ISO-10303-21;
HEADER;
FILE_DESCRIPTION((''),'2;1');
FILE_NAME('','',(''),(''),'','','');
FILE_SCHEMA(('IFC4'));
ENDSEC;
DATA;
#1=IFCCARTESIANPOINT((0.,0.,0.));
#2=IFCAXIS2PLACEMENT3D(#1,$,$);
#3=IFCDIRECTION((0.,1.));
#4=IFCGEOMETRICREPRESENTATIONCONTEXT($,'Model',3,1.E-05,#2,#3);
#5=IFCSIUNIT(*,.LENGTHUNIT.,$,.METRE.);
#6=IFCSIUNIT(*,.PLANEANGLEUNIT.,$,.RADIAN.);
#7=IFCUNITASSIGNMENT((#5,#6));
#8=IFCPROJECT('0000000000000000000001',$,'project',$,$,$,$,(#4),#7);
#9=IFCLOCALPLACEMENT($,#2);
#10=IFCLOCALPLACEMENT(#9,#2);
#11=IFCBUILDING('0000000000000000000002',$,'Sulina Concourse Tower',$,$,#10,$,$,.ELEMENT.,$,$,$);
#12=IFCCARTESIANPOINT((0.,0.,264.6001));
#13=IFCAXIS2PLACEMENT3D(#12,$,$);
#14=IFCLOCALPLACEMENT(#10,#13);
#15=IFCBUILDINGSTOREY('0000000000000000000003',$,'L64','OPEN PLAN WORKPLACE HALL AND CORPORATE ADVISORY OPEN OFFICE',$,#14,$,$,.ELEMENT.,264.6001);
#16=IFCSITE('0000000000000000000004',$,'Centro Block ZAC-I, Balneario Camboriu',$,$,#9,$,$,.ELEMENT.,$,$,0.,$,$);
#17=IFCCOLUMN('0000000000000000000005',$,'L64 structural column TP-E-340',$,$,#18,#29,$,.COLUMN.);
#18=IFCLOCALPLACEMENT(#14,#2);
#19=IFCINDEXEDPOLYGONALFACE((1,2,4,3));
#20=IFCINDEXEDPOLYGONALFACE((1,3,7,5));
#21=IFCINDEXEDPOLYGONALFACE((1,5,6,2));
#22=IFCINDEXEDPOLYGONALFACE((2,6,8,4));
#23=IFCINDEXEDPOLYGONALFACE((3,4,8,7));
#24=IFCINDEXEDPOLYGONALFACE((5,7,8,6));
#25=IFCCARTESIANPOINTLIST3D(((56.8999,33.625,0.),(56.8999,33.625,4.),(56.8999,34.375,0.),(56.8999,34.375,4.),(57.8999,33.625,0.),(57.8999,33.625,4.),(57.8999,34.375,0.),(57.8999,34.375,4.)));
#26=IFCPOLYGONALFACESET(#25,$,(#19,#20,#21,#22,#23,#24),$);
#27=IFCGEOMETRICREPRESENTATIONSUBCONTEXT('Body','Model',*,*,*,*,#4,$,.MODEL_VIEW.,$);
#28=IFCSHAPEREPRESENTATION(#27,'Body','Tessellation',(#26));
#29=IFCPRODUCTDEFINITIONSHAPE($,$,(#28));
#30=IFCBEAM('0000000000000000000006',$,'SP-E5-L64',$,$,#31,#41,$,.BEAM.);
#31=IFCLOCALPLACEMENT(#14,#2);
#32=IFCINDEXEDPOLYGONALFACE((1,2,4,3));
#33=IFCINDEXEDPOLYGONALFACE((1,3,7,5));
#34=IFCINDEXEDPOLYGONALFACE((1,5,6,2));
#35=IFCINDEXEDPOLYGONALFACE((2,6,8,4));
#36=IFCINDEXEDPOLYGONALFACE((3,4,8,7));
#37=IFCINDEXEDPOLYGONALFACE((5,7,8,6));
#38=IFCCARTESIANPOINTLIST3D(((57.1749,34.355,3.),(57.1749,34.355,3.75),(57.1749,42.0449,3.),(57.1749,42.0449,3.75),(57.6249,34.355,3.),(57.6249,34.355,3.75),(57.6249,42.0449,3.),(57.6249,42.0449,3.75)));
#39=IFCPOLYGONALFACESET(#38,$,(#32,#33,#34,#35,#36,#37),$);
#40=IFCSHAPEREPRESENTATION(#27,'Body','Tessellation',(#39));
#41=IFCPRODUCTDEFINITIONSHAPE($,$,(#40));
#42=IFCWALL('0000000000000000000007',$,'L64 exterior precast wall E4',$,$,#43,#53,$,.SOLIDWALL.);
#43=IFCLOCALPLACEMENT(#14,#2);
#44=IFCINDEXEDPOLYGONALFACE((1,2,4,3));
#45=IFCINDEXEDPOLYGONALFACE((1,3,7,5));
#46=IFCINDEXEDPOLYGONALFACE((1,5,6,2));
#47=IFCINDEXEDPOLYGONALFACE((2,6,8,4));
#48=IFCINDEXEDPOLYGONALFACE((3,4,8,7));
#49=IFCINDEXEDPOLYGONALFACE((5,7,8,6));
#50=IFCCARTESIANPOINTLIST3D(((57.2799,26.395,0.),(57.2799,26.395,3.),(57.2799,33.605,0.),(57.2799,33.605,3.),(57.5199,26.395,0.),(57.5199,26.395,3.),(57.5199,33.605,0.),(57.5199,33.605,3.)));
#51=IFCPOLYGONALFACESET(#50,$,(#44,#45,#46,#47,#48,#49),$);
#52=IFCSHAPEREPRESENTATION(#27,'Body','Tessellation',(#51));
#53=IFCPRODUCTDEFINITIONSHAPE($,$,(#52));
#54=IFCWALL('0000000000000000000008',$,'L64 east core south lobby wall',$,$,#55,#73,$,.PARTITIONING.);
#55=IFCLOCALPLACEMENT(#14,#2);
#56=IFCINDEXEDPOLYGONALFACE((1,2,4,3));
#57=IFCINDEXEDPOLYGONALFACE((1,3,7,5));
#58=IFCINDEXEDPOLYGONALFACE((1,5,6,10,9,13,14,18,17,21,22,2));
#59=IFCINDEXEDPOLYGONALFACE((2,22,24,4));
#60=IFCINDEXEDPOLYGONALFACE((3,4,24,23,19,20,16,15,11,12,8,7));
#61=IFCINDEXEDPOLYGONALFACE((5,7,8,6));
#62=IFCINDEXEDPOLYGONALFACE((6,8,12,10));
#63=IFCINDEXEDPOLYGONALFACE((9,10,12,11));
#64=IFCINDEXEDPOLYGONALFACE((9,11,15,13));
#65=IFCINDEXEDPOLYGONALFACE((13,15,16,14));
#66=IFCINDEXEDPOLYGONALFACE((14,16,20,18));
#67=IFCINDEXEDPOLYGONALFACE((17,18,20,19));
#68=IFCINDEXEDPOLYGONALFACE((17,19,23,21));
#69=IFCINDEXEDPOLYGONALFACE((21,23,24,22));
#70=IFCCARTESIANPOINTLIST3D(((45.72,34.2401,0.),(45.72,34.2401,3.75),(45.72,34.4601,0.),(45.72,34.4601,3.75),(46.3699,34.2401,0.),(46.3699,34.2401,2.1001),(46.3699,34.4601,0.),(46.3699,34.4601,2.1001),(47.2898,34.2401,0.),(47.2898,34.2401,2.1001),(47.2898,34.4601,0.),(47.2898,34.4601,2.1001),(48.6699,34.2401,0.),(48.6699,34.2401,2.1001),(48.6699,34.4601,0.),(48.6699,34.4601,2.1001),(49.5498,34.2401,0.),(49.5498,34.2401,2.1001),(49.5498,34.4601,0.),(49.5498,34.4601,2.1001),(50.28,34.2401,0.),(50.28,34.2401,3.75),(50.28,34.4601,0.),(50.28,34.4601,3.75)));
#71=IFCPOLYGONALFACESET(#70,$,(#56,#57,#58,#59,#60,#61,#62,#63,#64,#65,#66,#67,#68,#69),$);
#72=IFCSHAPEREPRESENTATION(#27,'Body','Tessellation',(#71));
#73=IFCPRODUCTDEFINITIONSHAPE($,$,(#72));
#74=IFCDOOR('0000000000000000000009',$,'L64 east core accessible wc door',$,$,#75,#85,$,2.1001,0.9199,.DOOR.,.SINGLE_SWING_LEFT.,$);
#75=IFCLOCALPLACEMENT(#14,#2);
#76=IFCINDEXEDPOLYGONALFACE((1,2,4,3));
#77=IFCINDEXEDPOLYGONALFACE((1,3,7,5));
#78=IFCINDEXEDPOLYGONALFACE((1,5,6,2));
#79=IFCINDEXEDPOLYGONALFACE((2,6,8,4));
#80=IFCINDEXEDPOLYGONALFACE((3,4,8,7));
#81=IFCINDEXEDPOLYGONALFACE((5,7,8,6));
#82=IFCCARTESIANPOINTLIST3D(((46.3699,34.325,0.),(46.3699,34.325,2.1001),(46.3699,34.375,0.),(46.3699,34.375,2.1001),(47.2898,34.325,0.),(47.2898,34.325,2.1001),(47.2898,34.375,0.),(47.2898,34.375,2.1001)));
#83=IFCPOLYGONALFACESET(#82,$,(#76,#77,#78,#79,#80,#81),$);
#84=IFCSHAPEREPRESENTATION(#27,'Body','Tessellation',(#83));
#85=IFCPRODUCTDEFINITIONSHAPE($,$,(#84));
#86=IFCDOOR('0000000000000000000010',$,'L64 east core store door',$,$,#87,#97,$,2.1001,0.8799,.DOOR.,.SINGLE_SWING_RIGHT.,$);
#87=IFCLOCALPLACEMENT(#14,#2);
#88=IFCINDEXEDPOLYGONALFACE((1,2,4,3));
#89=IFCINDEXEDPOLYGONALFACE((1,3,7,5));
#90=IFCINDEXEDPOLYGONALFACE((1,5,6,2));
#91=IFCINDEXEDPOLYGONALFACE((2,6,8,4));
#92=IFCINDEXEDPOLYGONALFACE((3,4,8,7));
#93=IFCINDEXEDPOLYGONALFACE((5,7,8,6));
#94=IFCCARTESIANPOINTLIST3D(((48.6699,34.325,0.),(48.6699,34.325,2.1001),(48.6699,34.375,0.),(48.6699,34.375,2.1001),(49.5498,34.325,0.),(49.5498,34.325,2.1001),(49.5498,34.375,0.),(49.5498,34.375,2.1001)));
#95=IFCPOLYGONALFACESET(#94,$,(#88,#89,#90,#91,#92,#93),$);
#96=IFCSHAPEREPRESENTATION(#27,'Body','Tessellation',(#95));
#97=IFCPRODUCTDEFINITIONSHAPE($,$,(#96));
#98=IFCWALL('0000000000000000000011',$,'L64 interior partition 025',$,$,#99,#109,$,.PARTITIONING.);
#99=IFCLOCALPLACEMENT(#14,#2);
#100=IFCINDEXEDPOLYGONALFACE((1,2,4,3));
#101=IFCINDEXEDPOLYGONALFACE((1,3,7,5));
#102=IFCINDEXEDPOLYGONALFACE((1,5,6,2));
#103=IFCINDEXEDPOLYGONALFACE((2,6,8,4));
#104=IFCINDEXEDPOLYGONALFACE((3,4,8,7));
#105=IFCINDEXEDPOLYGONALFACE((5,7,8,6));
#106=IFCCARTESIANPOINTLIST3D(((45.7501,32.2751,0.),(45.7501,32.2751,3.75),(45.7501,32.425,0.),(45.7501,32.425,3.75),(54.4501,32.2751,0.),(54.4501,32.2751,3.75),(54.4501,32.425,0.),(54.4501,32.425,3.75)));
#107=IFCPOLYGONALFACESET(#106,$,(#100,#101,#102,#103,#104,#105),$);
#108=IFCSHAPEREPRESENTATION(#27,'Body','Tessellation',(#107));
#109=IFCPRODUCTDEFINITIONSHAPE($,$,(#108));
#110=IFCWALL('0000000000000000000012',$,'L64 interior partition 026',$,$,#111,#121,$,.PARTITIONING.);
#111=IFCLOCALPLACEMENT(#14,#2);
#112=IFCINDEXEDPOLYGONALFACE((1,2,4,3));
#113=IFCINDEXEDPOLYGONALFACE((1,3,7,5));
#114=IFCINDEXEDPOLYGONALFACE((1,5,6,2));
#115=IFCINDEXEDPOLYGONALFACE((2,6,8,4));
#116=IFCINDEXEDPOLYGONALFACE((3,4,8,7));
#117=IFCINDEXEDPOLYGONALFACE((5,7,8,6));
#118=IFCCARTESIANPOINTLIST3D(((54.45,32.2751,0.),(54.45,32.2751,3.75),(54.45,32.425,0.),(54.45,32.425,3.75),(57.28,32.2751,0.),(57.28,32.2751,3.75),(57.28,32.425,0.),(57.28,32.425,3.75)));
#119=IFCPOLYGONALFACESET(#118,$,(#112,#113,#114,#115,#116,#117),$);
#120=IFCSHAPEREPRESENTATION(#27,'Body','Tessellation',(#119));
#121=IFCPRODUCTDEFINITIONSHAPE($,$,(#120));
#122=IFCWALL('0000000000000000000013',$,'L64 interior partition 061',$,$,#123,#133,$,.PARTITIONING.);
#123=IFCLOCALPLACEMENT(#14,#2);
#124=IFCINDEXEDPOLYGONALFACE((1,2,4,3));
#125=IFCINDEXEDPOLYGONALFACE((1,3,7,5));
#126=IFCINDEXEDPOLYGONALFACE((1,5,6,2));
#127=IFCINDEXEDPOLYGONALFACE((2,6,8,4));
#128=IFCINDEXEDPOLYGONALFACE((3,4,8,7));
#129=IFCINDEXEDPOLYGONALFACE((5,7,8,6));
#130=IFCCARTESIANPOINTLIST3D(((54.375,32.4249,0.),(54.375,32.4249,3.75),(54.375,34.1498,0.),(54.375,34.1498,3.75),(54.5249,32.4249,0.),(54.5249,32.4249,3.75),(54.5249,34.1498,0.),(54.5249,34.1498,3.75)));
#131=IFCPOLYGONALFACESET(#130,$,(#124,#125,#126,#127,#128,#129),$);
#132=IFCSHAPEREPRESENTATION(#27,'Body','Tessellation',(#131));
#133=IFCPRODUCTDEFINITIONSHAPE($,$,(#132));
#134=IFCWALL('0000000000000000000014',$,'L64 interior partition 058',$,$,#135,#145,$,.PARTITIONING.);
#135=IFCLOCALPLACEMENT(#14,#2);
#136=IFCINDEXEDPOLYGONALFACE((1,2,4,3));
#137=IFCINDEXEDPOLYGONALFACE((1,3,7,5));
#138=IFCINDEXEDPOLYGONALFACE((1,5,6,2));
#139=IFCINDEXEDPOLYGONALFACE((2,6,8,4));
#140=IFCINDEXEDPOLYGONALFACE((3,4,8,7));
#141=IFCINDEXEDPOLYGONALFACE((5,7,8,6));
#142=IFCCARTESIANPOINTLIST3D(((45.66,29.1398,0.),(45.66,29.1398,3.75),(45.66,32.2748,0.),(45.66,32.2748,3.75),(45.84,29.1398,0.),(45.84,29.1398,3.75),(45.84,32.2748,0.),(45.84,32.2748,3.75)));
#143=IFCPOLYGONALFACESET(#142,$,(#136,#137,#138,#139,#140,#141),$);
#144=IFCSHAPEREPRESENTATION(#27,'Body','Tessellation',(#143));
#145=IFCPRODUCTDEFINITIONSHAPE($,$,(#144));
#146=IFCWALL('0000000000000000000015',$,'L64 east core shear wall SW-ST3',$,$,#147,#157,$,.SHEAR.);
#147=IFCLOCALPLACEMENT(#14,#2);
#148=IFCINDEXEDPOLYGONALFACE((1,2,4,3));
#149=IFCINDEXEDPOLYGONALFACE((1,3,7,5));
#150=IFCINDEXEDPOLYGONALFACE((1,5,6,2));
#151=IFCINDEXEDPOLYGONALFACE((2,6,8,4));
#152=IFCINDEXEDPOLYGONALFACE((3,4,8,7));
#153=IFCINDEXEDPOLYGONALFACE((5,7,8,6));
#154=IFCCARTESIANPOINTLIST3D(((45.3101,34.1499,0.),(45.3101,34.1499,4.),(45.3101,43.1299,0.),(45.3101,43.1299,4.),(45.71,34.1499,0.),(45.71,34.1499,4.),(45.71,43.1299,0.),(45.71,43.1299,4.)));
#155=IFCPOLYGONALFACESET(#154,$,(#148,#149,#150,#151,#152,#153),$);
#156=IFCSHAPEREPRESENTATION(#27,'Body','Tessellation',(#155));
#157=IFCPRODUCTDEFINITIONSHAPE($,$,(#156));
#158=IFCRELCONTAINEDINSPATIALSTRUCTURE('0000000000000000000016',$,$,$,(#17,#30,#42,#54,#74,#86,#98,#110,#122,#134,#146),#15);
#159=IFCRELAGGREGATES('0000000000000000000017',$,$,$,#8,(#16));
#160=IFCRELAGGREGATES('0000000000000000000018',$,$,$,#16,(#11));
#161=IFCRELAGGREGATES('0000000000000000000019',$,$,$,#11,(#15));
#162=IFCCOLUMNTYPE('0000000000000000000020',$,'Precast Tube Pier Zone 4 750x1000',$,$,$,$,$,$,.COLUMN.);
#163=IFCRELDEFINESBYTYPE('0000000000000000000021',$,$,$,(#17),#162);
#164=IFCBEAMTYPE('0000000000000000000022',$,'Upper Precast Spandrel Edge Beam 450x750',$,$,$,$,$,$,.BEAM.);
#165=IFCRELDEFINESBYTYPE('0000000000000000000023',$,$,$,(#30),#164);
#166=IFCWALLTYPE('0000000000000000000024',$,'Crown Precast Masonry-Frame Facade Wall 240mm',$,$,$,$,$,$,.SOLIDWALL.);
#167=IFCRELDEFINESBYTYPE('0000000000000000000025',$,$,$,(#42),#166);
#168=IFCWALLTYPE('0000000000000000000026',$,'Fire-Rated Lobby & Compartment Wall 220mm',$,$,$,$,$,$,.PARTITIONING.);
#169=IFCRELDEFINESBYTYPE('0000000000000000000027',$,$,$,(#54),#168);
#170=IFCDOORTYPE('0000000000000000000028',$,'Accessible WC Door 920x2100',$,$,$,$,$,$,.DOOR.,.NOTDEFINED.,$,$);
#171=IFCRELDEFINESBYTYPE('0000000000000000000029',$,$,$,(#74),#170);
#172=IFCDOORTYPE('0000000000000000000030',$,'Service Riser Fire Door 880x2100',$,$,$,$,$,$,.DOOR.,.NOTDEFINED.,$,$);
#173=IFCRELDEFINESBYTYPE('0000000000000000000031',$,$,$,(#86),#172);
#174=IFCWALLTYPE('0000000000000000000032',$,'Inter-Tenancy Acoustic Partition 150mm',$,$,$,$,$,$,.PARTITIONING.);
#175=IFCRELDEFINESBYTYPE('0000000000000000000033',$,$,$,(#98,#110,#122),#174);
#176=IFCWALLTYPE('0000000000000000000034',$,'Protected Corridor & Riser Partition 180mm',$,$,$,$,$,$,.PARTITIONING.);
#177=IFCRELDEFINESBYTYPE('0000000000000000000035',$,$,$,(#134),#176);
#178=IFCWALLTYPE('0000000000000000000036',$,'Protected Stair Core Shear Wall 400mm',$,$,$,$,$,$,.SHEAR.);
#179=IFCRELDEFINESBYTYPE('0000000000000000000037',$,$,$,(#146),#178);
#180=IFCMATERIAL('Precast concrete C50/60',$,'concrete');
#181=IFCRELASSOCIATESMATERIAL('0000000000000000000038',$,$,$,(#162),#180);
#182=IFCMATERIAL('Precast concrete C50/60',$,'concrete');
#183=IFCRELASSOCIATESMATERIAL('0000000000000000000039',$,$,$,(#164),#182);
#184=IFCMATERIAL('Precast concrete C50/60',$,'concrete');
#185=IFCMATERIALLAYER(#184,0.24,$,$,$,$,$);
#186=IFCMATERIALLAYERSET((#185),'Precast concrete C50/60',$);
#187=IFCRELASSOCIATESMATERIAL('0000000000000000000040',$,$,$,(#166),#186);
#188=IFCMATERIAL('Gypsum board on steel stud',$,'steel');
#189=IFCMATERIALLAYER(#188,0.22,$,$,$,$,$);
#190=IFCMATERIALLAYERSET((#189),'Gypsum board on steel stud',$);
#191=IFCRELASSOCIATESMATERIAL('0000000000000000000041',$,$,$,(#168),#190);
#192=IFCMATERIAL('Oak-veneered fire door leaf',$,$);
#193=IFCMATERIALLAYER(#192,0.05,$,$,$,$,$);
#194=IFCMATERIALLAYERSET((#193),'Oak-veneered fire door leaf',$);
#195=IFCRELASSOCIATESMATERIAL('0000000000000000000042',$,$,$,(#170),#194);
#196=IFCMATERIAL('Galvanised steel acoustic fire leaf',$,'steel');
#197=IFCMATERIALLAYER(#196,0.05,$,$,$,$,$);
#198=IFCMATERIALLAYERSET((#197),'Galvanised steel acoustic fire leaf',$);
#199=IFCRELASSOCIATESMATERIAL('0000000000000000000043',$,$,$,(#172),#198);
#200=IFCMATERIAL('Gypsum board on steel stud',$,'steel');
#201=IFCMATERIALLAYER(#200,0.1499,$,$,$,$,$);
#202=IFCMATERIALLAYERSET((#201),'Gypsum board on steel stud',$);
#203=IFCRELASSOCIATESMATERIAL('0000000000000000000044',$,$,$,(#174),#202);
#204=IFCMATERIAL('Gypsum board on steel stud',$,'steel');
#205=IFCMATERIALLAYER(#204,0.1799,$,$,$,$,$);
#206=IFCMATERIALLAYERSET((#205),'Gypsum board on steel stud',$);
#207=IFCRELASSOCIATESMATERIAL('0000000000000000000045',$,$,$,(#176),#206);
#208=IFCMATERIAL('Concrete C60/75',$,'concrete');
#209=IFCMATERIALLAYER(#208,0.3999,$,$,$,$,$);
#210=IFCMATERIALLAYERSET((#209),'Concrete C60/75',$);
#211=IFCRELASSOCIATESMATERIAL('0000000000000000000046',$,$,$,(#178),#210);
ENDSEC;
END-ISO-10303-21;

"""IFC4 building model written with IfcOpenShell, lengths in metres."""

from ifc_helpers import new_model, si_unit, direction, frame, frame_2d, origin, origin_2d, place, context, subcontext, project, spatial, rectangle, extrude, material, layer, layer_set, material_profile, profile_set, type_object, element, fill, save


model = new_model("IFC4")

# Units and contexts
model_context = context("Model", 3, precision=1e-05, world=origin(), true_north=direction((0.0, 1.0)))
body_context = subcontext(model_context, "Body", "Model", "MODEL_VIEW")
ifc_project = project(units=[si_unit("LENGTHUNIT", "METRE"), si_unit("PLANEANGLEUNIT", "RADIAN")], contexts=[model_context])

# Site, building, storey
site_placement = place(None, origin())
site = spatial("IfcSite", under=ifc_project, at=site_placement, Name="Centro Block ZAC-I, Balneario Camboriu", CompositionType="ELEMENT", RefElevation=0.0)
building_placement = place(site_placement, origin())
building = spatial("IfcBuilding", under=site, at=building_placement, Name="Sulina Concourse Tower", CompositionType="ELEMENT")
storey_placement = place(building_placement, frame((0.0, 0.0, 264.6001)))
storey = spatial("IfcBuildingStorey", under=building, at=storey_placement, Name="L64", Description="OPEN PLAN WORKPLACE HALL AND CORPORATE ADVISORY OPEN OFFICE", CompositionType="ELEMENT", Elevation=264.6001)

# Column
ifc_material_1 = material(Name="Precast concrete C50/60", Category="concrete")
ifc_material_profile_1 = material_profile(ifc_material_1, rectangle(XDim=0.75, YDim=1.0, at=origin_2d()), Name="PC 750x1000")
ifc_profile_set_1 = profile_set([ifc_material_profile_1], Name="Precast concrete C50/60")
column_type = type_object("IfcColumnType", Name="Precast Tube Pier Zone 4 750x1000", PredefinedType="COLUMN", material=ifc_profile_set_1)
column_placement = place(storey_placement, frame((57.3999, 34.0, 0.0), z_axis=(0.0, 0.0, 1.0), x_axis=(0.0, 1.0, 0.0)))
element("IfcColumn", 1, at=column_placement, inside=storey, type_object=column_type, Name="L64 structural column TP-E-340", PredefinedType="COLUMN", context=body_context, shape_type="SweptSolid", body=[
    extrude(rectangle(XDim=0.75, YDim=1.0, at=origin_2d()), origin(), (0.0, 0.0, 1.0), 4.0),
])

# Beam
ifc_material_2 = material(Name="Precast concrete C50/60", Category="concrete")
ifc_material_profile_2 = material_profile(ifc_material_2, rectangle(XDim=0.45, YDim=0.75, at=origin_2d()), Name="RC 450x750")
ifc_profile_set_2 = profile_set([ifc_material_profile_2], Name="Precast concrete C50/60")
beam_type = type_object("IfcBeamType", Name="Upper Precast Spandrel Edge Beam 450x750", PredefinedType="BEAM", material=ifc_profile_set_2)
beam_placement = place(storey_placement, frame((57.3999, 34.355, 3.375), z_axis=(0.0, 1.0, 0.0), x_axis=(-1.0, 0.0, 0.0)))
element("IfcBeam", 2, at=beam_placement, inside=storey, type_object=beam_type, Name="SP-E5-L64", PredefinedType="BEAM", context=body_context, shape_type="SweptSolid", body=[
    extrude(rectangle(XDim=0.45, YDim=0.75, at=origin_2d()), origin(), (0.0, 0.0, 1.0), 7.6899),
])

# Wall
ifc_material_3 = material(Name="Precast concrete C50/60", Category="concrete")
ifc_layer_1 = layer(ifc_material_3, 0.24)
ifc_layer_set_1 = layer_set([ifc_layer_1], Name="Precast concrete C50/60")
wall_type_1 = type_object("IfcWallType", Name="Crown Precast Masonry-Frame Facade Wall 240mm", PredefinedType="SOLIDWALL", material=ifc_layer_set_1)
wall_1_placement = place(storey_placement, frame((57.3999, 33.605, 0.0), z_axis=(0.0, 0.0, 1.0), x_axis=(0.0, -1.0, 0.0)))
element("IfcWall", 3, at=wall_1_placement, inside=storey, type_object=wall_type_1, Name="L64 exterior precast wall E4", PredefinedType="SOLIDWALL", context=body_context, shape_type="SweptSolid", body=[
    extrude(rectangle(XDim=7.21, YDim=0.24, at=frame_2d((3.605, 0.0))), origin(), (0.0, 0.0, 1.0), 3.0),
])

# Wall, openings, doors
ifc_material_4 = material(Name="Gypsum board on steel stud", Category="steel")
ifc_layer_2 = layer(ifc_material_4, 0.22)
ifc_layer_set_2 = layer_set([ifc_layer_2], Name="Gypsum board on steel stud")
wall_type_2 = type_object("IfcWallType", Name="Fire-Rated Lobby & Compartment Wall 220mm", PredefinedType="PARTITIONING", material=ifc_layer_set_2)
wall_2_placement = place(storey_placement, frame((45.72, 34.3501, 0.0), z_axis=(0.0, 0.0, 1.0), x_axis=(1.0, 0.0, 0.0)))
wall_2 = element("IfcWall", 4, at=wall_2_placement, inside=storey, type_object=wall_type_2, Name="L64 east core south lobby wall", PredefinedType="PARTITIONING", context=body_context, shape_type="SweptSolid", body=[
    extrude(rectangle(XDim=4.5601, YDim=0.22, at=frame_2d((2.28, 0.0))), origin(), (0.0, 0.0, 1.0), 3.75),
])
opening_1_placement = place(wall_2_placement, frame((0.6499, 0.0, 0.0)))
opening_1 = element("IfcOpeningElement", 5, at=opening_1_placement, cuts=wall_2, PredefinedType="OPENING", context=body_context, shape_type="SweptSolid", body=[
    extrude(rectangle(XDim=0.9199, YDim=2.1001, at=frame_2d((0.46, 1.05))), frame((0.0, 0.1199, 0.0), z_axis=(0.0, -1.0, 0.0), x_axis=(1.0, 0.0, 0.0)), (0.0, 0.0, 1.0), 0.24),
])
opening_2_placement = place(wall_2_placement, frame((2.95, 0.0, 0.0)))
opening_2 = element("IfcOpeningElement", 6, at=opening_2_placement, cuts=wall_2, PredefinedType="OPENING", context=body_context, shape_type="SweptSolid", body=[
    extrude(rectangle(XDim=0.8799, YDim=2.1001, at=frame_2d((0.4399, 1.05))), frame((0.0, 0.1199, 0.0), z_axis=(0.0, -1.0, 0.0), x_axis=(1.0, 0.0, 0.0)), (0.0, 0.0, 1.0), 0.24),
])
ifc_material_5 = material(Name="Oak-veneered fire door leaf")
ifc_layer_3 = layer(ifc_material_5, 0.05)
ifc_layer_set_3 = layer_set([ifc_layer_3], Name="Oak-veneered fire door leaf")
door_type_1 = type_object("IfcDoorType", Name="Accessible WC Door 920x2100", OperationType="NOTDEFINED", PredefinedType="DOOR", material=ifc_layer_set_3)
door_1_placement = place(opening_1_placement, origin())
door_1 = element("IfcDoor", 7, at=door_1_placement, inside=storey, type_object=door_type_1, Name="L64 east core accessible wc door", OperationType="SINGLE_SWING_LEFT", OverallHeight=2.1001, OverallWidth=0.9199, PredefinedType="DOOR", context=body_context, shape_type="SweptSolid", body=[
    extrude(rectangle(XDim=0.9199, YDim=2.1001, at=frame_2d((0.46, 1.05))), frame((0.0, 0.0249, 0.0), z_axis=(0.0, -1.0, 0.0), x_axis=(1.0, 0.0, 0.0)), (0.0, 0.0, 1.0), 0.05),
])
fill(opening_1, door_1)
ifc_material_6 = material(Name="Galvanised steel acoustic fire leaf", Category="steel")
ifc_layer_4 = layer(ifc_material_6, 0.05)
ifc_layer_set_4 = layer_set([ifc_layer_4], Name="Galvanised steel acoustic fire leaf")
door_type_2 = type_object("IfcDoorType", Name="Service Riser Fire Door 880x2100", OperationType="NOTDEFINED", PredefinedType="DOOR", material=ifc_layer_set_4)
door_2_placement = place(opening_2_placement, origin())
door_2 = element("IfcDoor", 8, at=door_2_placement, inside=storey, type_object=door_type_2, Name="L64 east core store door", OperationType="SINGLE_SWING_RIGHT", OverallHeight=2.1001, OverallWidth=0.8799, PredefinedType="DOOR", context=body_context, shape_type="SweptSolid", body=[
    extrude(rectangle(XDim=0.8799, YDim=2.1001, at=frame_2d((0.4399, 1.05))), frame((0.0, 0.0249, 0.0), z_axis=(0.0, -1.0, 0.0), x_axis=(1.0, 0.0, 0.0)), (0.0, 0.0, 1.0), 0.05),
])
fill(opening_2, door_2)

# Walls
ifc_material_7 = material(Name="Gypsum board on steel stud", Category="steel")
ifc_layer_5 = layer(ifc_material_7, 0.1499)
ifc_layer_set_5 = layer_set([ifc_layer_5], Name="Gypsum board on steel stud")
wall_type_3 = type_object("IfcWallType", Name="Inter-Tenancy Acoustic Partition 150mm", PredefinedType="PARTITIONING", material=ifc_layer_set_5)
wall_3_placement = place(storey_placement, frame((45.75, 32.3501, 0.0), z_axis=(0.0, 0.0, 1.0), x_axis=(1.0, 0.0, 0.0)))
element("IfcWall", 9, at=wall_3_placement, inside=storey, type_object=wall_type_3, Name="L64 interior partition 025", PredefinedType="PARTITIONING", context=body_context, shape_type="SweptSolid", body=[
    extrude(rectangle(XDim=8.7, YDim=0.1499, at=frame_2d((4.3501, 0.0))), origin(), (0.0, 0.0, 1.0), 3.75),
])
wall_4_placement = place(storey_placement, frame((54.45, 32.3501, 0.0), z_axis=(0.0, 0.0, 1.0), x_axis=(1.0, 0.0, 0.0)))
element("IfcWall", 10, at=wall_4_placement, inside=storey, type_object=wall_type_3, Name="L64 interior partition 026", PredefinedType="PARTITIONING", context=body_context, shape_type="SweptSolid", body=[
    extrude(rectangle(XDim=2.8301, YDim=0.1499, at=frame_2d((1.415, 0.0))), origin(), (0.0, 0.0, 1.0), 3.75),
])
wall_5_placement = place(storey_placement, frame((54.45, 32.425, 0.0), z_axis=(0.0, 0.0, 1.0), x_axis=(0.0, 1.0, 0.0)))
element("IfcWall", 11, at=wall_5_placement, inside=storey, type_object=wall_type_3, Name="L64 interior partition 061", PredefinedType="PARTITIONING", context=body_context, shape_type="SweptSolid", body=[
    extrude(rectangle(XDim=1.7249, YDim=0.1499, at=frame_2d((0.8623, 0.0))), origin(), (0.0, 0.0, 1.0), 3.75),
])
ifc_material_8 = material(Name="Gypsum board on steel stud", Category="steel")
ifc_layer_6 = layer(ifc_material_8, 0.1799)
ifc_layer_set_6 = layer_set([ifc_layer_6], Name="Gypsum board on steel stud")
wall_type_4 = type_object("IfcWallType", Name="Protected Corridor & Riser Partition 180mm", PredefinedType="PARTITIONING", material=ifc_layer_set_6)
wall_6_placement = place(storey_placement, frame((45.75, 29.1399, 0.0), z_axis=(0.0, 0.0, 1.0), x_axis=(0.0, 1.0, 0.0)))
element("IfcWall", 12, at=wall_6_placement, inside=storey, type_object=wall_type_4, Name="L64 interior partition 058", PredefinedType="PARTITIONING", context=body_context, shape_type="SweptSolid", body=[
    extrude(rectangle(XDim=3.135, YDim=0.1799, at=frame_2d((1.5674, 0.0))), origin(), (0.0, 0.0, 1.0), 3.75),
])
ifc_material_9 = material(Name="Concrete C60/75", Category="concrete")
ifc_layer_7 = layer(ifc_material_9, 0.3999)
ifc_layer_set_7 = layer_set([ifc_layer_7], Name="Concrete C60/75")
wall_type_5 = type_object("IfcWallType", Name="Protected Stair Core Shear Wall 400mm", PredefinedType="SHEAR", material=ifc_layer_set_7)
wall_7_placement = place(storey_placement, frame((45.51, 34.1499, 0.0), z_axis=(0.0, 0.0, 1.0), x_axis=(0.0, 1.0, 0.0)))
element("IfcWall", 13, at=wall_7_placement, inside=storey, type_object=wall_type_5, Name="L64 east core shear wall SW-ST3", PredefinedType="SHEAR", context=body_context, shape_type="SweptSolid", body=[
    extrude(rectangle(XDim=8.98, YDim=0.3999, at=frame_2d((4.49, 0.0))), origin(), (0.0, 0.0, 1.0), 4.0),
])

save(model, "model.ifc")
